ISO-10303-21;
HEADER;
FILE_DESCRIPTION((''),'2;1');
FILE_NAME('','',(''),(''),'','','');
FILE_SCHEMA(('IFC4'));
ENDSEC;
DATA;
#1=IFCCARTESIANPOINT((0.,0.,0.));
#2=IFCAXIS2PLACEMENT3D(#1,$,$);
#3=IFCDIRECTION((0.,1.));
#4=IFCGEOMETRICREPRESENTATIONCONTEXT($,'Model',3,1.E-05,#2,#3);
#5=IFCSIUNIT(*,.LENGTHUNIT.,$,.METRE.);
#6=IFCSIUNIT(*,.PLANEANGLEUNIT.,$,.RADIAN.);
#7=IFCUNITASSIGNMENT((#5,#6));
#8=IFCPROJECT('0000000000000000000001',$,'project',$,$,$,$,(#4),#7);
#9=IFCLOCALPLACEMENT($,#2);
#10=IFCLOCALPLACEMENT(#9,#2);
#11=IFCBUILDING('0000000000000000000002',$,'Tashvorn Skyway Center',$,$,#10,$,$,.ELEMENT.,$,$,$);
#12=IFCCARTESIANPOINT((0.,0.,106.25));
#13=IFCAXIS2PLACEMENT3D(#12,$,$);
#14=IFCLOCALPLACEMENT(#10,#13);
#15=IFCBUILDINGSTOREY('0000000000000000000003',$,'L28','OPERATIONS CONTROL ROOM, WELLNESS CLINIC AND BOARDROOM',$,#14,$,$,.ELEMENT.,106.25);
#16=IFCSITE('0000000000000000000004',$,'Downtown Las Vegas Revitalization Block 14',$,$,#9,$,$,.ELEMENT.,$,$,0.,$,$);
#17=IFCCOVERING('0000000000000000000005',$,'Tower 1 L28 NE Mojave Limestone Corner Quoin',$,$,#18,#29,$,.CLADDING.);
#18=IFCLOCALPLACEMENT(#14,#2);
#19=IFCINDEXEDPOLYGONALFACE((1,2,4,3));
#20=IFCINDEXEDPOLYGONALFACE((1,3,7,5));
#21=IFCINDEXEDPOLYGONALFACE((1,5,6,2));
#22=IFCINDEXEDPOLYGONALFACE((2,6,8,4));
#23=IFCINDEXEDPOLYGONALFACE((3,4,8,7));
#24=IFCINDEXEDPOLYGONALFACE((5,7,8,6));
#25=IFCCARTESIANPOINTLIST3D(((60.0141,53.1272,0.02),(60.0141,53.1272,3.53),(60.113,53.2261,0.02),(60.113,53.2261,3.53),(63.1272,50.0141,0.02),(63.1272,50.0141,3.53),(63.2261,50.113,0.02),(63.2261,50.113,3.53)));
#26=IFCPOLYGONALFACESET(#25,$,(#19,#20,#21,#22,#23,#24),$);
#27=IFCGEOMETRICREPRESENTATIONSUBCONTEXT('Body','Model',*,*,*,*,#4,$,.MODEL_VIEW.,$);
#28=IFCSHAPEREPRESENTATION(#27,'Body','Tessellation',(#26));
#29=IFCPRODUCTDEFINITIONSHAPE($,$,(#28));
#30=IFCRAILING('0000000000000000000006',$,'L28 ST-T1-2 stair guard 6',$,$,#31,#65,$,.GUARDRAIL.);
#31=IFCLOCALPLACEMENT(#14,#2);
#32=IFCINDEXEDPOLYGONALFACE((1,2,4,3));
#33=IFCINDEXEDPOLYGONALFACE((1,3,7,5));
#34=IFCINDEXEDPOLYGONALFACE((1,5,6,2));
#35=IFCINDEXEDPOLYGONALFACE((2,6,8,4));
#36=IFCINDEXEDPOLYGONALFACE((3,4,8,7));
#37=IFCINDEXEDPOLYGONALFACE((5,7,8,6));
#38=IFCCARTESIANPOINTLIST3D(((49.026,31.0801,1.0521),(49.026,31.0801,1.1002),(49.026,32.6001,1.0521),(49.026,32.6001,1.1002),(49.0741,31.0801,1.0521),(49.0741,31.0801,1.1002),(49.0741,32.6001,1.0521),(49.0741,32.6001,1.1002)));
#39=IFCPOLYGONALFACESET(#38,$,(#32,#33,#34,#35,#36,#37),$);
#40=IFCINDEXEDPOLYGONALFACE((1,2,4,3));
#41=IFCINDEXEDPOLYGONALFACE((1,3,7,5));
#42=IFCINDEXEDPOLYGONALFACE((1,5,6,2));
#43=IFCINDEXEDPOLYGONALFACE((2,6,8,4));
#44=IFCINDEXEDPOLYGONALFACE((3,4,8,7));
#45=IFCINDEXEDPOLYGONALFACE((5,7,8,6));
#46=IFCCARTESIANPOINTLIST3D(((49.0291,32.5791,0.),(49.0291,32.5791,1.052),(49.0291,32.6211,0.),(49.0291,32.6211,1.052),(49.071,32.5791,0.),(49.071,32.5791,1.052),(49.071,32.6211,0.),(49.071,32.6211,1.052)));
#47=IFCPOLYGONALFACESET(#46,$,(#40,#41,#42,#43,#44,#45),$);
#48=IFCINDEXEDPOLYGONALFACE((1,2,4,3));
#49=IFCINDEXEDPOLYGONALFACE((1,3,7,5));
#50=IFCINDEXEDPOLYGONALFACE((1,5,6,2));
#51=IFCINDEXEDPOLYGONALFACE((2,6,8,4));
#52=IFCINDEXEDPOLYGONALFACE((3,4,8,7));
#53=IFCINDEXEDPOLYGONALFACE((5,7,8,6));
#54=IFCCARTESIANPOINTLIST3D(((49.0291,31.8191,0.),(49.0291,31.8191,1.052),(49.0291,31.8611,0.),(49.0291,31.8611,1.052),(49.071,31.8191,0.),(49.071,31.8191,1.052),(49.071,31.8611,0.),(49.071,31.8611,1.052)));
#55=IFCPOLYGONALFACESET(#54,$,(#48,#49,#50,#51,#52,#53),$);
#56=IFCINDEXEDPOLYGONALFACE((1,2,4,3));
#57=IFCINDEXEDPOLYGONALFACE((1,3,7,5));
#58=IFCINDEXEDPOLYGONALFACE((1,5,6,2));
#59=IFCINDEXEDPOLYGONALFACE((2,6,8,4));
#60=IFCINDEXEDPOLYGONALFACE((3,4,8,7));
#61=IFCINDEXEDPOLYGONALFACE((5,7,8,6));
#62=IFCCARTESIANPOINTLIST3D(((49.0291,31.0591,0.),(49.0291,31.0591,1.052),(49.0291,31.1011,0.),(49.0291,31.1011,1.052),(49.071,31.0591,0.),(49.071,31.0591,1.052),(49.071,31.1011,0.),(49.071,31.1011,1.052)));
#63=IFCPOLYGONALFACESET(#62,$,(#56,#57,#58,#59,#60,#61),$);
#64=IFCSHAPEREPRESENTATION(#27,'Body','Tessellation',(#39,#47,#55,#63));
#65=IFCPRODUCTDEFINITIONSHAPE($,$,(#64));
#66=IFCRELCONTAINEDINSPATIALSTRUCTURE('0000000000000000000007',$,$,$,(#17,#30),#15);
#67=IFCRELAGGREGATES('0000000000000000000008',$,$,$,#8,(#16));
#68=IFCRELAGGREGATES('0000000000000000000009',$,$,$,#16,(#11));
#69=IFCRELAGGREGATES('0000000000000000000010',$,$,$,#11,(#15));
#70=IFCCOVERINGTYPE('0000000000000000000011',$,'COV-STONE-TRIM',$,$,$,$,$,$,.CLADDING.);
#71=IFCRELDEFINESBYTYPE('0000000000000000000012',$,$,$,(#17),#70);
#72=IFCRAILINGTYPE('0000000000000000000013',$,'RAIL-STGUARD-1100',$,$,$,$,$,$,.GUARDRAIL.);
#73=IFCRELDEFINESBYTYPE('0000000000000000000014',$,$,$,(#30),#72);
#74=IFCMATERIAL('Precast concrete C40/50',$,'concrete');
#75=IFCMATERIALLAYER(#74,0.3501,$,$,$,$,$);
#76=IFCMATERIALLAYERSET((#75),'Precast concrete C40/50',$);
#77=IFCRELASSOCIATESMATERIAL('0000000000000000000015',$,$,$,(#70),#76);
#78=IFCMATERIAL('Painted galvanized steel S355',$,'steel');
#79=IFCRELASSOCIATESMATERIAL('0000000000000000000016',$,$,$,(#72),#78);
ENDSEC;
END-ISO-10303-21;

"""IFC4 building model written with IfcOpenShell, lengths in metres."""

from ifc_helpers import new_model, si_unit, direction, frame, origin, origin_2d, place, context, subcontext, project, spatial, rectangle, extrude, material, layer, layer_set, type_object, element, save


model = new_model("IFC4")

# Units and contexts
model_context = context("Model", 3, precision=1e-05, world=origin(), true_north=direction((0.0, 1.0)))
body_context = subcontext(model_context, "Body", "Model", "MODEL_VIEW")
ifc_project = project(units=[si_unit("LENGTHUNIT", "METRE"), si_unit("PLANEANGLEUNIT", "RADIAN")], contexts=[model_context])

# Site, building, storey
site_placement = place(None, origin())
site = spatial("IfcSite", under=ifc_project, at=site_placement, Name="Downtown Las Vegas Revitalization Block 14", CompositionType="ELEMENT", RefElevation=0.0)
building_placement = place(site_placement, origin())
building = spatial("IfcBuilding", under=site, at=building_placement, Name="Tashvorn Skyway Center", CompositionType="ELEMENT")
storey_placement = place(building_placement, frame((0.0, 0.0, 106.25)))
storey = spatial("IfcBuildingStorey", under=building, at=storey_placement, Name="L28", Description="OPERATIONS CONTROL ROOM, WELLNESS CLINIC AND BOARDROOM", CompositionType="ELEMENT", Elevation=106.25)

# Shared definitions
ifc_material_1 = material(Name="Precast concrete C40/50", Category="concrete")

# Covering
ifc_layer_1 = layer(ifc_material_1, 0.3501)
ifc_layer_set_1 = layer_set([ifc_layer_1], Name="Precast concrete C40/50")
covering_type = type_object("IfcCoveringType", Name="COV-STONE-TRIM", PredefinedType="CLADDING", material=ifc_layer_set_1)
covering_placement = place(storey_placement, frame((61.6201, 51.6201, 0.02), z_axis=(0.0, 0.0, 1.0), x_axis=(0.707107, -0.707107, 0.0)))
element("IfcCovering", 1, at=covering_placement, inside=storey, type_object=covering_type, Name="Tower 1 L28 NE Mojave Limestone Corner Quoin", PredefinedType="CLADDING", context=body_context, shape_type="SweptSolid", body=[
    extrude(rectangle(XDim=4.4026, YDim=0.1399, at=origin_2d()), origin(), (0.0, 0.0, 1.0), 3.51),
])

# Railing
ifc_material_2 = material(Name="Painted galvanized steel S355", Category="steel")
railing_type = type_object("IfcRailingType", Name="RAIL-STGUARD-1100", PredefinedType="GUARDRAIL", material=ifc_material_2)
railing_placement = place(storey_placement, frame((49.05, 32.6001, 0.0)))
element("IfcRailing", 2, at=railing_placement, inside=storey, type_object=railing_type, Name="L28 ST-T1-2 stair guard 6", PredefinedType="GUARDRAIL", context=body_context, shape_type="SweptSolid", body=[
    extrude(rectangle(XDim=0.0481, YDim=0.0481, at=origin_2d()), frame((0.0, 0.0, 1.0762), z_axis=(0.0, -1.0, 0.0), x_axis=(1.0, 0.0, 0.0)), (0.0, 0.0, 1.0), 1.52),
    extrude(rectangle(XDim=0.042, YDim=0.042, at=origin_2d()), origin(), (0.0, 0.0, 1.0), 1.052),
    extrude(rectangle(XDim=0.042, YDim=0.042, at=origin_2d()), frame((0.0, -0.76, 0.0)), (0.0, 0.0, 1.0), 1.052),
    extrude(rectangle(XDim=0.042, YDim=0.042, at=origin_2d()), frame((0.0, -1.52, 0.0)), (0.0, 0.0, 1.0), 1.052),
])

save(model, "model.ifc")
